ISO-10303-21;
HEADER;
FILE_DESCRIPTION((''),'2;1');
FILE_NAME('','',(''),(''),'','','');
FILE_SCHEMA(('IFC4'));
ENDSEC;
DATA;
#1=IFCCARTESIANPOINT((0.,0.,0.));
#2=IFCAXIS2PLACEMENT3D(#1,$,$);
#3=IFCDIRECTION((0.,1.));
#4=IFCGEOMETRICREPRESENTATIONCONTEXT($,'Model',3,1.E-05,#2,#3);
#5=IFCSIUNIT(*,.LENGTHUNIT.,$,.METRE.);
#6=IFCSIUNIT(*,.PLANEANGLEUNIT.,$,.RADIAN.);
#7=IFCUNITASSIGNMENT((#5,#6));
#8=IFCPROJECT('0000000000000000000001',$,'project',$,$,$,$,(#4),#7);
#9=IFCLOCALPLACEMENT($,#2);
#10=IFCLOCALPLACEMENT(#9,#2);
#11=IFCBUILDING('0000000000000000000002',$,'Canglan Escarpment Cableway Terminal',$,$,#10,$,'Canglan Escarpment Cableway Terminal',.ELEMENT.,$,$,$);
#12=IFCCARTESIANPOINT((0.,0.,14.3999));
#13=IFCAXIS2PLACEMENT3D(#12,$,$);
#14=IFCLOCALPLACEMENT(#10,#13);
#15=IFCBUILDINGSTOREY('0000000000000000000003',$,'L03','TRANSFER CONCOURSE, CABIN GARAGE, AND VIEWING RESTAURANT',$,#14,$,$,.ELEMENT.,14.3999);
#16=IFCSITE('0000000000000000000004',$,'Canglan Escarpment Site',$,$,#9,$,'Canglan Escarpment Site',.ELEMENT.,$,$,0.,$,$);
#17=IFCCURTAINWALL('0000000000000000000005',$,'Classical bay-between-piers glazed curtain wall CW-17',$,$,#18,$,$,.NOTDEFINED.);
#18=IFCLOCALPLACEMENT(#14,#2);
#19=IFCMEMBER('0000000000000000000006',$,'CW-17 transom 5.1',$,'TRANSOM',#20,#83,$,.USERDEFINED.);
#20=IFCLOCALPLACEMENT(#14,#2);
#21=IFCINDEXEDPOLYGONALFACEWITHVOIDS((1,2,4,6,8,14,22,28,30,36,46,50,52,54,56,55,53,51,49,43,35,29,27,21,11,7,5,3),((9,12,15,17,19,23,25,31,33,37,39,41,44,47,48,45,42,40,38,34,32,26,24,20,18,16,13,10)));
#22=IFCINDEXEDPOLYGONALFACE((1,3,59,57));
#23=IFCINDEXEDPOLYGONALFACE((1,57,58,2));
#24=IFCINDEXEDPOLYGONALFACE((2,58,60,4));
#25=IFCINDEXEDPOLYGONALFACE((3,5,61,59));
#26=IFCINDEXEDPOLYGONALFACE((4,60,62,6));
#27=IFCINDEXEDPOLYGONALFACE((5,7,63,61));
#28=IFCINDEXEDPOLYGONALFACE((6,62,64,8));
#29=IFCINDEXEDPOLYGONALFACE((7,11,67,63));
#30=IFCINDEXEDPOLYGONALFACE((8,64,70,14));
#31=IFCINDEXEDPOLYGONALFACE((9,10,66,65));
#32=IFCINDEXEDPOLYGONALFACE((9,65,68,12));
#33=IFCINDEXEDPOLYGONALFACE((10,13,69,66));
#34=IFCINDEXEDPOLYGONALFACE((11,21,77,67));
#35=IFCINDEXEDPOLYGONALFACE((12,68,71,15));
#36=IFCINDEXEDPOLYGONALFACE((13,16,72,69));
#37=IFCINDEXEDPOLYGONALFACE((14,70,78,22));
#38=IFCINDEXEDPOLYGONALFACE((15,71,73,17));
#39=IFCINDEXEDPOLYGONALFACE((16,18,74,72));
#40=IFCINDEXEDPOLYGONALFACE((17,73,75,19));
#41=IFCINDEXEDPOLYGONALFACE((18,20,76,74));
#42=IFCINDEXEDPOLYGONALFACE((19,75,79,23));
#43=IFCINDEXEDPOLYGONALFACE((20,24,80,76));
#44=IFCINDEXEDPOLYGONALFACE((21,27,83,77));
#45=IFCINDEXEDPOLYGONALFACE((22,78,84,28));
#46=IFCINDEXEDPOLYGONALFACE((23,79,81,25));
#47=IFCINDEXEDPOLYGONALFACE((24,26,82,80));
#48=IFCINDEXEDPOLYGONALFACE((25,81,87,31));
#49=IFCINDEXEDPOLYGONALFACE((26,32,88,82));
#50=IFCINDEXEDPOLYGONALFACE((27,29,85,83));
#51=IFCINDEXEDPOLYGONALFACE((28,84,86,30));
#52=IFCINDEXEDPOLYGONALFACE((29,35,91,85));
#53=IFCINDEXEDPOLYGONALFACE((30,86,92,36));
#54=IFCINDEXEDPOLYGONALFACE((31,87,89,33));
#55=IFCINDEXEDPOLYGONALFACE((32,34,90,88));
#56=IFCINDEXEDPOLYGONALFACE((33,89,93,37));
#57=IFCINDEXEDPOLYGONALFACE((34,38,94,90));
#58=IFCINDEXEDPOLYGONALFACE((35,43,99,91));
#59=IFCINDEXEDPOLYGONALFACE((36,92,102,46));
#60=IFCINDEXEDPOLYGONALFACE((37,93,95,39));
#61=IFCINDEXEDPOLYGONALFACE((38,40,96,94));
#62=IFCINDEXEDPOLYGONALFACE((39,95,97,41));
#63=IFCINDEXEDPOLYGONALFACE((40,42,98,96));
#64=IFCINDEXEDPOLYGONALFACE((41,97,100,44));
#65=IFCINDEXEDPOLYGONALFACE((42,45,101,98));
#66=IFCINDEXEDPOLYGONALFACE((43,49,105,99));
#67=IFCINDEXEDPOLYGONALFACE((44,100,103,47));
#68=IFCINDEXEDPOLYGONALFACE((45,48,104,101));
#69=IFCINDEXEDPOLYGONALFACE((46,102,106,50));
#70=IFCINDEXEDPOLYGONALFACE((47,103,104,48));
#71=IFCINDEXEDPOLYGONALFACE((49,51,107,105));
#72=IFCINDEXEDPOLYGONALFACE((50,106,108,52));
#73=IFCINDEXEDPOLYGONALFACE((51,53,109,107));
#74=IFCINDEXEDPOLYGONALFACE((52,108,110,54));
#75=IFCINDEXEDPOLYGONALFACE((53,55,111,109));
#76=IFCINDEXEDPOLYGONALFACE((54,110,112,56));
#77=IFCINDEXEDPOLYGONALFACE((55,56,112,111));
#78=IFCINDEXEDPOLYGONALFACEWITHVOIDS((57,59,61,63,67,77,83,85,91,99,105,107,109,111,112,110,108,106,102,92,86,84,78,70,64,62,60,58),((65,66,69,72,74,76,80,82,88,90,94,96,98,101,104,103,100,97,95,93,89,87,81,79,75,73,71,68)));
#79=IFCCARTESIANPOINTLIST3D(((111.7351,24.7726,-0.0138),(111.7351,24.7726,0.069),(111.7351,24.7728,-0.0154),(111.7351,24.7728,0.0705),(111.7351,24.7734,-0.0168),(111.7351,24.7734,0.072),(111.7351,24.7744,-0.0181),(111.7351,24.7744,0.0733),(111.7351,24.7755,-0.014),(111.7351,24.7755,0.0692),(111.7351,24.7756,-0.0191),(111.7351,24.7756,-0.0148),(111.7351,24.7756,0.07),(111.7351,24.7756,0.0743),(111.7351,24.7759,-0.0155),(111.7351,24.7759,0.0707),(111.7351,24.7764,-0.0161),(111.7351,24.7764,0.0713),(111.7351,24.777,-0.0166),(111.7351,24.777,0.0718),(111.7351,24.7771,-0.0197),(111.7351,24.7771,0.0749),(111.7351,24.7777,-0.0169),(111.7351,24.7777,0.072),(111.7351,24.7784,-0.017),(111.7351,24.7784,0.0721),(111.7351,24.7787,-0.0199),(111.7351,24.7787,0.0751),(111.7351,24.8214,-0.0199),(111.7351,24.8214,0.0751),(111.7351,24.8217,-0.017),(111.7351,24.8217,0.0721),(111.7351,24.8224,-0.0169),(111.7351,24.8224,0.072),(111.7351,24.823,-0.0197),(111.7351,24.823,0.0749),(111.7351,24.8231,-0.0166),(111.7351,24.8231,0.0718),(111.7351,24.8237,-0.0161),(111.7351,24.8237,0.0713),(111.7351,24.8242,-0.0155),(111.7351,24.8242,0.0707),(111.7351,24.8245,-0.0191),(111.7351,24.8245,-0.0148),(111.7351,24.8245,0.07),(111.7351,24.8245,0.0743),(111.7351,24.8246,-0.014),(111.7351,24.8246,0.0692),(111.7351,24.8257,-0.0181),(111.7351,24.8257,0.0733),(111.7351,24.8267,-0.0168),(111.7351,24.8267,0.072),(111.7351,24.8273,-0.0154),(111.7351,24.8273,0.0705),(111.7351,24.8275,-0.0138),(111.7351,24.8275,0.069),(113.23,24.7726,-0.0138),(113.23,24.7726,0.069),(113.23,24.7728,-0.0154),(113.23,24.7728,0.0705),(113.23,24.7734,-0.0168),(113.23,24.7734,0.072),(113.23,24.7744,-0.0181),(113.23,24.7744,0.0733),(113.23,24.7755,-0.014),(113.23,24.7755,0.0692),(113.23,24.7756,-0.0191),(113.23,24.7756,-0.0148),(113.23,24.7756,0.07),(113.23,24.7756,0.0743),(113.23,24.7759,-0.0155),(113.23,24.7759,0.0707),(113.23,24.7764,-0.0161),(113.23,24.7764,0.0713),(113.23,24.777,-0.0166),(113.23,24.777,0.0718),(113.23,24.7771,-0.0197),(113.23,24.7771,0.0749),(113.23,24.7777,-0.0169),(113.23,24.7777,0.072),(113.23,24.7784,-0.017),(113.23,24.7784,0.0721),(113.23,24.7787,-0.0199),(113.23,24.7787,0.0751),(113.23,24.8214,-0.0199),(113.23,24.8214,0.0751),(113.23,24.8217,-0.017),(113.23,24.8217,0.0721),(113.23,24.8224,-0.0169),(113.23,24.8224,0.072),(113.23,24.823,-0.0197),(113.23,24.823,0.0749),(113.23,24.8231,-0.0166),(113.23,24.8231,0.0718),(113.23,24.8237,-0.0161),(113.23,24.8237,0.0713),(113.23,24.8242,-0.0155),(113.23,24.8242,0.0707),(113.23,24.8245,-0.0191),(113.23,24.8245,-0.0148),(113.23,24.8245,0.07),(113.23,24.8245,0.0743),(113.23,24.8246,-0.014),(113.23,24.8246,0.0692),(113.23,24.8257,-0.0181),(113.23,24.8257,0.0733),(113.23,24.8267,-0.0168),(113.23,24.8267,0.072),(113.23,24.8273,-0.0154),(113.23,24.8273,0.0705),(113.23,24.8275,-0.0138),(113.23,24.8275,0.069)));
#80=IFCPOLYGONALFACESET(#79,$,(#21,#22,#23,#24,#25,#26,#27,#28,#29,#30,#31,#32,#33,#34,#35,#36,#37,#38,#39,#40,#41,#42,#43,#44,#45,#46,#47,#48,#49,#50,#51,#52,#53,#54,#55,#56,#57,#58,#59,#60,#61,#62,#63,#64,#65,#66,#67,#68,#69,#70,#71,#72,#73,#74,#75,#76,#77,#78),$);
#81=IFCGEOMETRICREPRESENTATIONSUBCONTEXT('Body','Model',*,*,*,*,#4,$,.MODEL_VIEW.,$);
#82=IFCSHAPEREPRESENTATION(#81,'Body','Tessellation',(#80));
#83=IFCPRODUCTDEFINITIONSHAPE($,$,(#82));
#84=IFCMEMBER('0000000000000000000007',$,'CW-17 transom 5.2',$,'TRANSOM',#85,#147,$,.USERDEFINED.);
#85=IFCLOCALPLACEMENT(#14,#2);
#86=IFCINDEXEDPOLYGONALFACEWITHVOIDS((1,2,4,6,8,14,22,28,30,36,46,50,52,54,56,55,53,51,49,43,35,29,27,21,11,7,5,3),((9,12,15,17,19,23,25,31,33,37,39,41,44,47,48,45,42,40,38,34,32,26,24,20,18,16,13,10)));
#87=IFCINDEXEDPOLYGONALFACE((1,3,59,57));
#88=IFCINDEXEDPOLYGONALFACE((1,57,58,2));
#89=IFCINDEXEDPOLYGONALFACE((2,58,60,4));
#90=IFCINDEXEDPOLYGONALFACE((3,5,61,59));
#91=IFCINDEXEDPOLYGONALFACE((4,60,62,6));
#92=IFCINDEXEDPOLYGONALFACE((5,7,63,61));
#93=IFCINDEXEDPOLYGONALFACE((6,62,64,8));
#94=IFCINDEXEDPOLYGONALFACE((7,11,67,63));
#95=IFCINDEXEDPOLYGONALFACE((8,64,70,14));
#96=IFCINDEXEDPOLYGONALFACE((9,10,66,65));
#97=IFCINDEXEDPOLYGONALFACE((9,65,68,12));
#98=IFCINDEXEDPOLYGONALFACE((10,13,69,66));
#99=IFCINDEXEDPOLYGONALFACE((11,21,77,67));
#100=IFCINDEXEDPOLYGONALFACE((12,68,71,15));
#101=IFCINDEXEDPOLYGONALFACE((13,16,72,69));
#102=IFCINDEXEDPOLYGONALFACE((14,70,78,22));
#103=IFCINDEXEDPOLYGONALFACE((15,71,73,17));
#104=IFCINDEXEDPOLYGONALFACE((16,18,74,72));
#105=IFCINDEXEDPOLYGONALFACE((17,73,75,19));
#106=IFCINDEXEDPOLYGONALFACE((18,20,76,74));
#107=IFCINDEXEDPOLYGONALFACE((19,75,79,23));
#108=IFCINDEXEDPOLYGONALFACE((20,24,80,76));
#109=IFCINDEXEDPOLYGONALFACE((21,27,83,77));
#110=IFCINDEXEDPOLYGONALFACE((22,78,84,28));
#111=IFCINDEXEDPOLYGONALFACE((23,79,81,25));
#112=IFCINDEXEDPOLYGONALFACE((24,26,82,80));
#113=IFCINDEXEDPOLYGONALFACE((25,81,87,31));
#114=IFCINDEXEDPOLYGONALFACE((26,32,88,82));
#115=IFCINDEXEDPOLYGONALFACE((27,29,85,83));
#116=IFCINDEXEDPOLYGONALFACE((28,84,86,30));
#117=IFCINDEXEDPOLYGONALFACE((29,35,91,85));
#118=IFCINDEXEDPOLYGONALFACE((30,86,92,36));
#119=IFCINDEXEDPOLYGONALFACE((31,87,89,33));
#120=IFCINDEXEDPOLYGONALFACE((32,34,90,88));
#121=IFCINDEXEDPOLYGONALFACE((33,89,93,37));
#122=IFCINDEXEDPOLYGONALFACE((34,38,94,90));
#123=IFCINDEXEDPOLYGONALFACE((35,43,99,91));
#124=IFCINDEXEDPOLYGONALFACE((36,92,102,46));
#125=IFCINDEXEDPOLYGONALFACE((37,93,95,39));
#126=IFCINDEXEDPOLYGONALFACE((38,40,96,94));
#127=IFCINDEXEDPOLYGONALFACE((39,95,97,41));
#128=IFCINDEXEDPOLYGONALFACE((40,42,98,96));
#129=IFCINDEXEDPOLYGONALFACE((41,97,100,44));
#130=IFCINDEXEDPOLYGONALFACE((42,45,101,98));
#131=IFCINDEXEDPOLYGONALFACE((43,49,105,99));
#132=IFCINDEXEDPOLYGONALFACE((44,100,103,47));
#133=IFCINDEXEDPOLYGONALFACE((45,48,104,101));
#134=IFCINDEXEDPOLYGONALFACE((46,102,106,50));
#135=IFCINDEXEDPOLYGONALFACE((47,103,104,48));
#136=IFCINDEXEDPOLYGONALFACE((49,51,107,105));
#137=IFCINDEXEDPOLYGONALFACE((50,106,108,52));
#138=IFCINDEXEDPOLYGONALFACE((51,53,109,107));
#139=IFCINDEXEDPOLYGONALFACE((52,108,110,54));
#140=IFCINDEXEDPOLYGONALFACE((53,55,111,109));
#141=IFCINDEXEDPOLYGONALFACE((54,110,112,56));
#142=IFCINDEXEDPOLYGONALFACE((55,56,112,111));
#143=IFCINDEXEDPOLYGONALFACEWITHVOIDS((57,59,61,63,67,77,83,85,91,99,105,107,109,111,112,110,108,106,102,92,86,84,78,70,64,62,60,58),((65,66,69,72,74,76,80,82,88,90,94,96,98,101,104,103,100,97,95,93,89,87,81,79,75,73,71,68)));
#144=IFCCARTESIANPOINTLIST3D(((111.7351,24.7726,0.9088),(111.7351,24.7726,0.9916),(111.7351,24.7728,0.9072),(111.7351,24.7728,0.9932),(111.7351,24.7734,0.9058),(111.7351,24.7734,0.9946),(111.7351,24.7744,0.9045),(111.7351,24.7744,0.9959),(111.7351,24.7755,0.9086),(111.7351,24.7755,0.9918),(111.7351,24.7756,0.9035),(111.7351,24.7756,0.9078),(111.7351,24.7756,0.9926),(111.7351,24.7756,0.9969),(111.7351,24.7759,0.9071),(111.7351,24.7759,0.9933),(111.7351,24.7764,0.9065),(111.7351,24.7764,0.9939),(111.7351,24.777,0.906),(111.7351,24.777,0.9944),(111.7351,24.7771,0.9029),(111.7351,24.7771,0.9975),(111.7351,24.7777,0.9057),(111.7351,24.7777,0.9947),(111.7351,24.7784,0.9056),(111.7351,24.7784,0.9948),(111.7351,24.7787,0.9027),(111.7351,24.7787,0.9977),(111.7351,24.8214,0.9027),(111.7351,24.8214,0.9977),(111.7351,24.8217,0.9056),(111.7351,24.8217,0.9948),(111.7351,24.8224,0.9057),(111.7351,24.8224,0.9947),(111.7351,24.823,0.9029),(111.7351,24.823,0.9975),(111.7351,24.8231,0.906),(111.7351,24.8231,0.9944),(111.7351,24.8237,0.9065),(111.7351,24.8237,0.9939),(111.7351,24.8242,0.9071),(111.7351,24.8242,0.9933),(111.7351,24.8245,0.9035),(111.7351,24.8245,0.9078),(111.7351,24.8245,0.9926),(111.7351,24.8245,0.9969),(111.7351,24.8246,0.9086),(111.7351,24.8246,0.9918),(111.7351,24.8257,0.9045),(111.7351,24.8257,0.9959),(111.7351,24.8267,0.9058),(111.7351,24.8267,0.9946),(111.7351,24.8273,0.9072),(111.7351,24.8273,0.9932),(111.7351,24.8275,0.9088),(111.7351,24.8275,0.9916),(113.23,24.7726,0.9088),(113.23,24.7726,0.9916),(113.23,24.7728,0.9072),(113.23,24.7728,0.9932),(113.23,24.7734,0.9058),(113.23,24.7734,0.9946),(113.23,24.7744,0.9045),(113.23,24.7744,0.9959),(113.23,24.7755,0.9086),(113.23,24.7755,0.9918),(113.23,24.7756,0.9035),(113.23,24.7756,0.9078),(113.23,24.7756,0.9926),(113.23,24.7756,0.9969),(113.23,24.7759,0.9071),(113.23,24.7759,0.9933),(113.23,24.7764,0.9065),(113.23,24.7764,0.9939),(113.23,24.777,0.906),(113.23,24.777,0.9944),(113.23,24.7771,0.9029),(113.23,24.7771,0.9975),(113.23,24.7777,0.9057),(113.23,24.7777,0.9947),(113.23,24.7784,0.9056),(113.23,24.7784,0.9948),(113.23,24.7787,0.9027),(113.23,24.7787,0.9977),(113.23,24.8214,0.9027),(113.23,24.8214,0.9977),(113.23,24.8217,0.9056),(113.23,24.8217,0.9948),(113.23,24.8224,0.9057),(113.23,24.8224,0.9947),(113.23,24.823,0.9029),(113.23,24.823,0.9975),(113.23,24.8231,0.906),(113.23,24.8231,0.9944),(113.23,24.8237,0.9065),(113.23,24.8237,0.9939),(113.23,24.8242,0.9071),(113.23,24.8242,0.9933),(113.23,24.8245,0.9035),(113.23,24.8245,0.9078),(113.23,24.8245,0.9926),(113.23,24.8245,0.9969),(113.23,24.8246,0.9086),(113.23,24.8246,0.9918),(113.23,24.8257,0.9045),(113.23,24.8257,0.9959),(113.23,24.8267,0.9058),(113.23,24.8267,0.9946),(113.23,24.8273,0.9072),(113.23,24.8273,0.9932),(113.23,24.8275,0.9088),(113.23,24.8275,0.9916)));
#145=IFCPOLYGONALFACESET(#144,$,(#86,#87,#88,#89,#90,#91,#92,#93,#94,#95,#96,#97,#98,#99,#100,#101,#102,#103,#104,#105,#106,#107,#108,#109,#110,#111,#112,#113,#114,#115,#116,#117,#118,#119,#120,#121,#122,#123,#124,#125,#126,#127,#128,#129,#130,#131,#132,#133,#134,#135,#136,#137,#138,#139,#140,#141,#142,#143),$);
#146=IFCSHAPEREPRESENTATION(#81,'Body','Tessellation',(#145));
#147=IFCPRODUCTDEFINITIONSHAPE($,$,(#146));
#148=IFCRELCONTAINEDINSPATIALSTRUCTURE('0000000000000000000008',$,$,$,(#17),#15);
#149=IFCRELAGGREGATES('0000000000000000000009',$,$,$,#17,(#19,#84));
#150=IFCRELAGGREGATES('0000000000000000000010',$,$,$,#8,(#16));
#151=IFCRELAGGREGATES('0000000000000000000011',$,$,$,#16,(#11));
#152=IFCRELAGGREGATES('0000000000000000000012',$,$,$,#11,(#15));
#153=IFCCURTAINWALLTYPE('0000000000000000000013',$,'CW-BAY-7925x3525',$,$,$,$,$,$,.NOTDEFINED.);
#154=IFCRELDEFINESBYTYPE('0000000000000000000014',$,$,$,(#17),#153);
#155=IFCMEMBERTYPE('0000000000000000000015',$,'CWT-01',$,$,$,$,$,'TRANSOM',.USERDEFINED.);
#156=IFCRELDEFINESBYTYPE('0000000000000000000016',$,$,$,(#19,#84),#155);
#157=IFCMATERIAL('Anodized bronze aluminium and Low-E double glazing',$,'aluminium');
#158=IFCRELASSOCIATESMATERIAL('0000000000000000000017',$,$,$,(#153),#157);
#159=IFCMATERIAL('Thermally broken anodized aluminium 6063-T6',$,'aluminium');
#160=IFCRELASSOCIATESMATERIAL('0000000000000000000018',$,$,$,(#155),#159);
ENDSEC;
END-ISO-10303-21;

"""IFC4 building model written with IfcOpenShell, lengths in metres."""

from ifc_helpers import new_model, si_unit, direction, frame, origin, origin_2d, place, context, subcontext, project, spatial, hollow_rectangle, extrude, material, material_profile, profile_set, type_object, element, aggregate, save


model = new_model("IFC4")

# Units and contexts
model_context = context("Model", 3, precision=1e-05, world=origin(), true_north=direction((0.0, 1.0)))
body_context = subcontext(model_context, "Body", "Model", "MODEL_VIEW")
ifc_project = project(units=[si_unit("LENGTHUNIT", "METRE"), si_unit("PLANEANGLEUNIT", "RADIAN")], contexts=[model_context])

# Site, building, storey
site_placement = place(None, origin())
site = spatial("IfcSite", under=ifc_project, at=site_placement, Name="Canglan Escarpment Site", LongName="Canglan Escarpment Site", CompositionType="ELEMENT", RefElevation=0.0)
building_placement = place(site_placement, origin())
building = spatial("IfcBuilding", under=site, at=building_placement, Name="Canglan Escarpment Cableway Terminal", LongName="Canglan Escarpment Cableway Terminal", CompositionType="ELEMENT")
storey_placement = place(building_placement, frame((0.0, 0.0, 14.3999)))
storey = spatial("IfcBuildingStorey", under=building, at=storey_placement, Name="L03", Description="TRANSFER CONCOURSE, CABIN GARAGE, AND VIEWING RESTAURANT", CompositionType="ELEMENT", Elevation=14.3999)

# Curtain wall, members
ifc_material_1 = material(Name="Anodized bronze aluminium and Low-E double glazing", Category="aluminium")
curtain_wall_type = type_object("IfcCurtainWallType", Name="CW-BAY-7925x3525", PredefinedType="NOTDEFINED", material=ifc_material_1)
curtain_wall_placement = place(storey_placement, origin())
curtain_wall = element("IfcCurtainWall", 1, at=curtain_wall_placement, inside=storey, type_object=curtain_wall_type, Name="Classical bay-between-piers glazed curtain wall CW-17", PredefinedType="NOTDEFINED")
ifc_material_2 = material(Name="Thermally broken anodized aluminium 6063-T6", Category="aluminium")
ifc_material_profile_1 = material_profile(ifc_material_2, hollow_rectangle(XDim=0.0549, YDim=0.095, WallThickness=0.0029, InnerFilletRadius=0.0029, OuterFilletRadius=0.0061, at=origin_2d()), Name="ALU-TRAN 55x95x3")
ifc_profile_set_1 = profile_set([ifc_material_profile_1], Name="Thermally broken anodized aluminium 6063-T6")
member_type_1 = type_object("IfcMemberType", Name="CWT-01", ElementType="TRANSOM", PredefinedType="USERDEFINED", material=ifc_profile_set_1)
member_1_placement = place(storey_placement, frame((113.23, 24.8, 0.0276), z_axis=(-1.0, 0.0, 0.0), x_axis=(0.0, -1.0, 0.0)))
member_1 = element("IfcMember", 2, at=member_1_placement, type_object=member_type_1, Name="CW-17 transom 5.1", ObjectType="TRANSOM", PredefinedType="USERDEFINED", context=body_context, shape_type="SweptSolid", body=[
    extrude(hollow_rectangle(XDim=0.0549, YDim=0.095, WallThickness=0.0029, InnerFilletRadius=0.0029, OuterFilletRadius=0.0061, at=origin_2d()), origin(), (0.0, 0.0, 1.0), 1.4949),
])
member_2_placement = place(storey_placement, frame((113.23, 24.8, 0.9502), z_axis=(-1.0, 0.0, 0.0), x_axis=(0.0, -1.0, 0.0)))
member_2 = element("IfcMember", 3, at=member_2_placement, type_object=member_type_1, Name="CW-17 transom 5.2", ObjectType="TRANSOM", PredefinedType="USERDEFINED", context=body_context, shape_type="SweptSolid", body=[
    extrude(hollow_rectangle(XDim=0.0549, YDim=0.095, WallThickness=0.0029, InnerFilletRadius=0.0029, OuterFilletRadius=0.0061, at=origin_2d()), origin(), (0.0, 0.0, 1.0), 1.4949),
])

aggregate(curtain_wall, [member_1, member_2])

save(model, "model.ifc")
